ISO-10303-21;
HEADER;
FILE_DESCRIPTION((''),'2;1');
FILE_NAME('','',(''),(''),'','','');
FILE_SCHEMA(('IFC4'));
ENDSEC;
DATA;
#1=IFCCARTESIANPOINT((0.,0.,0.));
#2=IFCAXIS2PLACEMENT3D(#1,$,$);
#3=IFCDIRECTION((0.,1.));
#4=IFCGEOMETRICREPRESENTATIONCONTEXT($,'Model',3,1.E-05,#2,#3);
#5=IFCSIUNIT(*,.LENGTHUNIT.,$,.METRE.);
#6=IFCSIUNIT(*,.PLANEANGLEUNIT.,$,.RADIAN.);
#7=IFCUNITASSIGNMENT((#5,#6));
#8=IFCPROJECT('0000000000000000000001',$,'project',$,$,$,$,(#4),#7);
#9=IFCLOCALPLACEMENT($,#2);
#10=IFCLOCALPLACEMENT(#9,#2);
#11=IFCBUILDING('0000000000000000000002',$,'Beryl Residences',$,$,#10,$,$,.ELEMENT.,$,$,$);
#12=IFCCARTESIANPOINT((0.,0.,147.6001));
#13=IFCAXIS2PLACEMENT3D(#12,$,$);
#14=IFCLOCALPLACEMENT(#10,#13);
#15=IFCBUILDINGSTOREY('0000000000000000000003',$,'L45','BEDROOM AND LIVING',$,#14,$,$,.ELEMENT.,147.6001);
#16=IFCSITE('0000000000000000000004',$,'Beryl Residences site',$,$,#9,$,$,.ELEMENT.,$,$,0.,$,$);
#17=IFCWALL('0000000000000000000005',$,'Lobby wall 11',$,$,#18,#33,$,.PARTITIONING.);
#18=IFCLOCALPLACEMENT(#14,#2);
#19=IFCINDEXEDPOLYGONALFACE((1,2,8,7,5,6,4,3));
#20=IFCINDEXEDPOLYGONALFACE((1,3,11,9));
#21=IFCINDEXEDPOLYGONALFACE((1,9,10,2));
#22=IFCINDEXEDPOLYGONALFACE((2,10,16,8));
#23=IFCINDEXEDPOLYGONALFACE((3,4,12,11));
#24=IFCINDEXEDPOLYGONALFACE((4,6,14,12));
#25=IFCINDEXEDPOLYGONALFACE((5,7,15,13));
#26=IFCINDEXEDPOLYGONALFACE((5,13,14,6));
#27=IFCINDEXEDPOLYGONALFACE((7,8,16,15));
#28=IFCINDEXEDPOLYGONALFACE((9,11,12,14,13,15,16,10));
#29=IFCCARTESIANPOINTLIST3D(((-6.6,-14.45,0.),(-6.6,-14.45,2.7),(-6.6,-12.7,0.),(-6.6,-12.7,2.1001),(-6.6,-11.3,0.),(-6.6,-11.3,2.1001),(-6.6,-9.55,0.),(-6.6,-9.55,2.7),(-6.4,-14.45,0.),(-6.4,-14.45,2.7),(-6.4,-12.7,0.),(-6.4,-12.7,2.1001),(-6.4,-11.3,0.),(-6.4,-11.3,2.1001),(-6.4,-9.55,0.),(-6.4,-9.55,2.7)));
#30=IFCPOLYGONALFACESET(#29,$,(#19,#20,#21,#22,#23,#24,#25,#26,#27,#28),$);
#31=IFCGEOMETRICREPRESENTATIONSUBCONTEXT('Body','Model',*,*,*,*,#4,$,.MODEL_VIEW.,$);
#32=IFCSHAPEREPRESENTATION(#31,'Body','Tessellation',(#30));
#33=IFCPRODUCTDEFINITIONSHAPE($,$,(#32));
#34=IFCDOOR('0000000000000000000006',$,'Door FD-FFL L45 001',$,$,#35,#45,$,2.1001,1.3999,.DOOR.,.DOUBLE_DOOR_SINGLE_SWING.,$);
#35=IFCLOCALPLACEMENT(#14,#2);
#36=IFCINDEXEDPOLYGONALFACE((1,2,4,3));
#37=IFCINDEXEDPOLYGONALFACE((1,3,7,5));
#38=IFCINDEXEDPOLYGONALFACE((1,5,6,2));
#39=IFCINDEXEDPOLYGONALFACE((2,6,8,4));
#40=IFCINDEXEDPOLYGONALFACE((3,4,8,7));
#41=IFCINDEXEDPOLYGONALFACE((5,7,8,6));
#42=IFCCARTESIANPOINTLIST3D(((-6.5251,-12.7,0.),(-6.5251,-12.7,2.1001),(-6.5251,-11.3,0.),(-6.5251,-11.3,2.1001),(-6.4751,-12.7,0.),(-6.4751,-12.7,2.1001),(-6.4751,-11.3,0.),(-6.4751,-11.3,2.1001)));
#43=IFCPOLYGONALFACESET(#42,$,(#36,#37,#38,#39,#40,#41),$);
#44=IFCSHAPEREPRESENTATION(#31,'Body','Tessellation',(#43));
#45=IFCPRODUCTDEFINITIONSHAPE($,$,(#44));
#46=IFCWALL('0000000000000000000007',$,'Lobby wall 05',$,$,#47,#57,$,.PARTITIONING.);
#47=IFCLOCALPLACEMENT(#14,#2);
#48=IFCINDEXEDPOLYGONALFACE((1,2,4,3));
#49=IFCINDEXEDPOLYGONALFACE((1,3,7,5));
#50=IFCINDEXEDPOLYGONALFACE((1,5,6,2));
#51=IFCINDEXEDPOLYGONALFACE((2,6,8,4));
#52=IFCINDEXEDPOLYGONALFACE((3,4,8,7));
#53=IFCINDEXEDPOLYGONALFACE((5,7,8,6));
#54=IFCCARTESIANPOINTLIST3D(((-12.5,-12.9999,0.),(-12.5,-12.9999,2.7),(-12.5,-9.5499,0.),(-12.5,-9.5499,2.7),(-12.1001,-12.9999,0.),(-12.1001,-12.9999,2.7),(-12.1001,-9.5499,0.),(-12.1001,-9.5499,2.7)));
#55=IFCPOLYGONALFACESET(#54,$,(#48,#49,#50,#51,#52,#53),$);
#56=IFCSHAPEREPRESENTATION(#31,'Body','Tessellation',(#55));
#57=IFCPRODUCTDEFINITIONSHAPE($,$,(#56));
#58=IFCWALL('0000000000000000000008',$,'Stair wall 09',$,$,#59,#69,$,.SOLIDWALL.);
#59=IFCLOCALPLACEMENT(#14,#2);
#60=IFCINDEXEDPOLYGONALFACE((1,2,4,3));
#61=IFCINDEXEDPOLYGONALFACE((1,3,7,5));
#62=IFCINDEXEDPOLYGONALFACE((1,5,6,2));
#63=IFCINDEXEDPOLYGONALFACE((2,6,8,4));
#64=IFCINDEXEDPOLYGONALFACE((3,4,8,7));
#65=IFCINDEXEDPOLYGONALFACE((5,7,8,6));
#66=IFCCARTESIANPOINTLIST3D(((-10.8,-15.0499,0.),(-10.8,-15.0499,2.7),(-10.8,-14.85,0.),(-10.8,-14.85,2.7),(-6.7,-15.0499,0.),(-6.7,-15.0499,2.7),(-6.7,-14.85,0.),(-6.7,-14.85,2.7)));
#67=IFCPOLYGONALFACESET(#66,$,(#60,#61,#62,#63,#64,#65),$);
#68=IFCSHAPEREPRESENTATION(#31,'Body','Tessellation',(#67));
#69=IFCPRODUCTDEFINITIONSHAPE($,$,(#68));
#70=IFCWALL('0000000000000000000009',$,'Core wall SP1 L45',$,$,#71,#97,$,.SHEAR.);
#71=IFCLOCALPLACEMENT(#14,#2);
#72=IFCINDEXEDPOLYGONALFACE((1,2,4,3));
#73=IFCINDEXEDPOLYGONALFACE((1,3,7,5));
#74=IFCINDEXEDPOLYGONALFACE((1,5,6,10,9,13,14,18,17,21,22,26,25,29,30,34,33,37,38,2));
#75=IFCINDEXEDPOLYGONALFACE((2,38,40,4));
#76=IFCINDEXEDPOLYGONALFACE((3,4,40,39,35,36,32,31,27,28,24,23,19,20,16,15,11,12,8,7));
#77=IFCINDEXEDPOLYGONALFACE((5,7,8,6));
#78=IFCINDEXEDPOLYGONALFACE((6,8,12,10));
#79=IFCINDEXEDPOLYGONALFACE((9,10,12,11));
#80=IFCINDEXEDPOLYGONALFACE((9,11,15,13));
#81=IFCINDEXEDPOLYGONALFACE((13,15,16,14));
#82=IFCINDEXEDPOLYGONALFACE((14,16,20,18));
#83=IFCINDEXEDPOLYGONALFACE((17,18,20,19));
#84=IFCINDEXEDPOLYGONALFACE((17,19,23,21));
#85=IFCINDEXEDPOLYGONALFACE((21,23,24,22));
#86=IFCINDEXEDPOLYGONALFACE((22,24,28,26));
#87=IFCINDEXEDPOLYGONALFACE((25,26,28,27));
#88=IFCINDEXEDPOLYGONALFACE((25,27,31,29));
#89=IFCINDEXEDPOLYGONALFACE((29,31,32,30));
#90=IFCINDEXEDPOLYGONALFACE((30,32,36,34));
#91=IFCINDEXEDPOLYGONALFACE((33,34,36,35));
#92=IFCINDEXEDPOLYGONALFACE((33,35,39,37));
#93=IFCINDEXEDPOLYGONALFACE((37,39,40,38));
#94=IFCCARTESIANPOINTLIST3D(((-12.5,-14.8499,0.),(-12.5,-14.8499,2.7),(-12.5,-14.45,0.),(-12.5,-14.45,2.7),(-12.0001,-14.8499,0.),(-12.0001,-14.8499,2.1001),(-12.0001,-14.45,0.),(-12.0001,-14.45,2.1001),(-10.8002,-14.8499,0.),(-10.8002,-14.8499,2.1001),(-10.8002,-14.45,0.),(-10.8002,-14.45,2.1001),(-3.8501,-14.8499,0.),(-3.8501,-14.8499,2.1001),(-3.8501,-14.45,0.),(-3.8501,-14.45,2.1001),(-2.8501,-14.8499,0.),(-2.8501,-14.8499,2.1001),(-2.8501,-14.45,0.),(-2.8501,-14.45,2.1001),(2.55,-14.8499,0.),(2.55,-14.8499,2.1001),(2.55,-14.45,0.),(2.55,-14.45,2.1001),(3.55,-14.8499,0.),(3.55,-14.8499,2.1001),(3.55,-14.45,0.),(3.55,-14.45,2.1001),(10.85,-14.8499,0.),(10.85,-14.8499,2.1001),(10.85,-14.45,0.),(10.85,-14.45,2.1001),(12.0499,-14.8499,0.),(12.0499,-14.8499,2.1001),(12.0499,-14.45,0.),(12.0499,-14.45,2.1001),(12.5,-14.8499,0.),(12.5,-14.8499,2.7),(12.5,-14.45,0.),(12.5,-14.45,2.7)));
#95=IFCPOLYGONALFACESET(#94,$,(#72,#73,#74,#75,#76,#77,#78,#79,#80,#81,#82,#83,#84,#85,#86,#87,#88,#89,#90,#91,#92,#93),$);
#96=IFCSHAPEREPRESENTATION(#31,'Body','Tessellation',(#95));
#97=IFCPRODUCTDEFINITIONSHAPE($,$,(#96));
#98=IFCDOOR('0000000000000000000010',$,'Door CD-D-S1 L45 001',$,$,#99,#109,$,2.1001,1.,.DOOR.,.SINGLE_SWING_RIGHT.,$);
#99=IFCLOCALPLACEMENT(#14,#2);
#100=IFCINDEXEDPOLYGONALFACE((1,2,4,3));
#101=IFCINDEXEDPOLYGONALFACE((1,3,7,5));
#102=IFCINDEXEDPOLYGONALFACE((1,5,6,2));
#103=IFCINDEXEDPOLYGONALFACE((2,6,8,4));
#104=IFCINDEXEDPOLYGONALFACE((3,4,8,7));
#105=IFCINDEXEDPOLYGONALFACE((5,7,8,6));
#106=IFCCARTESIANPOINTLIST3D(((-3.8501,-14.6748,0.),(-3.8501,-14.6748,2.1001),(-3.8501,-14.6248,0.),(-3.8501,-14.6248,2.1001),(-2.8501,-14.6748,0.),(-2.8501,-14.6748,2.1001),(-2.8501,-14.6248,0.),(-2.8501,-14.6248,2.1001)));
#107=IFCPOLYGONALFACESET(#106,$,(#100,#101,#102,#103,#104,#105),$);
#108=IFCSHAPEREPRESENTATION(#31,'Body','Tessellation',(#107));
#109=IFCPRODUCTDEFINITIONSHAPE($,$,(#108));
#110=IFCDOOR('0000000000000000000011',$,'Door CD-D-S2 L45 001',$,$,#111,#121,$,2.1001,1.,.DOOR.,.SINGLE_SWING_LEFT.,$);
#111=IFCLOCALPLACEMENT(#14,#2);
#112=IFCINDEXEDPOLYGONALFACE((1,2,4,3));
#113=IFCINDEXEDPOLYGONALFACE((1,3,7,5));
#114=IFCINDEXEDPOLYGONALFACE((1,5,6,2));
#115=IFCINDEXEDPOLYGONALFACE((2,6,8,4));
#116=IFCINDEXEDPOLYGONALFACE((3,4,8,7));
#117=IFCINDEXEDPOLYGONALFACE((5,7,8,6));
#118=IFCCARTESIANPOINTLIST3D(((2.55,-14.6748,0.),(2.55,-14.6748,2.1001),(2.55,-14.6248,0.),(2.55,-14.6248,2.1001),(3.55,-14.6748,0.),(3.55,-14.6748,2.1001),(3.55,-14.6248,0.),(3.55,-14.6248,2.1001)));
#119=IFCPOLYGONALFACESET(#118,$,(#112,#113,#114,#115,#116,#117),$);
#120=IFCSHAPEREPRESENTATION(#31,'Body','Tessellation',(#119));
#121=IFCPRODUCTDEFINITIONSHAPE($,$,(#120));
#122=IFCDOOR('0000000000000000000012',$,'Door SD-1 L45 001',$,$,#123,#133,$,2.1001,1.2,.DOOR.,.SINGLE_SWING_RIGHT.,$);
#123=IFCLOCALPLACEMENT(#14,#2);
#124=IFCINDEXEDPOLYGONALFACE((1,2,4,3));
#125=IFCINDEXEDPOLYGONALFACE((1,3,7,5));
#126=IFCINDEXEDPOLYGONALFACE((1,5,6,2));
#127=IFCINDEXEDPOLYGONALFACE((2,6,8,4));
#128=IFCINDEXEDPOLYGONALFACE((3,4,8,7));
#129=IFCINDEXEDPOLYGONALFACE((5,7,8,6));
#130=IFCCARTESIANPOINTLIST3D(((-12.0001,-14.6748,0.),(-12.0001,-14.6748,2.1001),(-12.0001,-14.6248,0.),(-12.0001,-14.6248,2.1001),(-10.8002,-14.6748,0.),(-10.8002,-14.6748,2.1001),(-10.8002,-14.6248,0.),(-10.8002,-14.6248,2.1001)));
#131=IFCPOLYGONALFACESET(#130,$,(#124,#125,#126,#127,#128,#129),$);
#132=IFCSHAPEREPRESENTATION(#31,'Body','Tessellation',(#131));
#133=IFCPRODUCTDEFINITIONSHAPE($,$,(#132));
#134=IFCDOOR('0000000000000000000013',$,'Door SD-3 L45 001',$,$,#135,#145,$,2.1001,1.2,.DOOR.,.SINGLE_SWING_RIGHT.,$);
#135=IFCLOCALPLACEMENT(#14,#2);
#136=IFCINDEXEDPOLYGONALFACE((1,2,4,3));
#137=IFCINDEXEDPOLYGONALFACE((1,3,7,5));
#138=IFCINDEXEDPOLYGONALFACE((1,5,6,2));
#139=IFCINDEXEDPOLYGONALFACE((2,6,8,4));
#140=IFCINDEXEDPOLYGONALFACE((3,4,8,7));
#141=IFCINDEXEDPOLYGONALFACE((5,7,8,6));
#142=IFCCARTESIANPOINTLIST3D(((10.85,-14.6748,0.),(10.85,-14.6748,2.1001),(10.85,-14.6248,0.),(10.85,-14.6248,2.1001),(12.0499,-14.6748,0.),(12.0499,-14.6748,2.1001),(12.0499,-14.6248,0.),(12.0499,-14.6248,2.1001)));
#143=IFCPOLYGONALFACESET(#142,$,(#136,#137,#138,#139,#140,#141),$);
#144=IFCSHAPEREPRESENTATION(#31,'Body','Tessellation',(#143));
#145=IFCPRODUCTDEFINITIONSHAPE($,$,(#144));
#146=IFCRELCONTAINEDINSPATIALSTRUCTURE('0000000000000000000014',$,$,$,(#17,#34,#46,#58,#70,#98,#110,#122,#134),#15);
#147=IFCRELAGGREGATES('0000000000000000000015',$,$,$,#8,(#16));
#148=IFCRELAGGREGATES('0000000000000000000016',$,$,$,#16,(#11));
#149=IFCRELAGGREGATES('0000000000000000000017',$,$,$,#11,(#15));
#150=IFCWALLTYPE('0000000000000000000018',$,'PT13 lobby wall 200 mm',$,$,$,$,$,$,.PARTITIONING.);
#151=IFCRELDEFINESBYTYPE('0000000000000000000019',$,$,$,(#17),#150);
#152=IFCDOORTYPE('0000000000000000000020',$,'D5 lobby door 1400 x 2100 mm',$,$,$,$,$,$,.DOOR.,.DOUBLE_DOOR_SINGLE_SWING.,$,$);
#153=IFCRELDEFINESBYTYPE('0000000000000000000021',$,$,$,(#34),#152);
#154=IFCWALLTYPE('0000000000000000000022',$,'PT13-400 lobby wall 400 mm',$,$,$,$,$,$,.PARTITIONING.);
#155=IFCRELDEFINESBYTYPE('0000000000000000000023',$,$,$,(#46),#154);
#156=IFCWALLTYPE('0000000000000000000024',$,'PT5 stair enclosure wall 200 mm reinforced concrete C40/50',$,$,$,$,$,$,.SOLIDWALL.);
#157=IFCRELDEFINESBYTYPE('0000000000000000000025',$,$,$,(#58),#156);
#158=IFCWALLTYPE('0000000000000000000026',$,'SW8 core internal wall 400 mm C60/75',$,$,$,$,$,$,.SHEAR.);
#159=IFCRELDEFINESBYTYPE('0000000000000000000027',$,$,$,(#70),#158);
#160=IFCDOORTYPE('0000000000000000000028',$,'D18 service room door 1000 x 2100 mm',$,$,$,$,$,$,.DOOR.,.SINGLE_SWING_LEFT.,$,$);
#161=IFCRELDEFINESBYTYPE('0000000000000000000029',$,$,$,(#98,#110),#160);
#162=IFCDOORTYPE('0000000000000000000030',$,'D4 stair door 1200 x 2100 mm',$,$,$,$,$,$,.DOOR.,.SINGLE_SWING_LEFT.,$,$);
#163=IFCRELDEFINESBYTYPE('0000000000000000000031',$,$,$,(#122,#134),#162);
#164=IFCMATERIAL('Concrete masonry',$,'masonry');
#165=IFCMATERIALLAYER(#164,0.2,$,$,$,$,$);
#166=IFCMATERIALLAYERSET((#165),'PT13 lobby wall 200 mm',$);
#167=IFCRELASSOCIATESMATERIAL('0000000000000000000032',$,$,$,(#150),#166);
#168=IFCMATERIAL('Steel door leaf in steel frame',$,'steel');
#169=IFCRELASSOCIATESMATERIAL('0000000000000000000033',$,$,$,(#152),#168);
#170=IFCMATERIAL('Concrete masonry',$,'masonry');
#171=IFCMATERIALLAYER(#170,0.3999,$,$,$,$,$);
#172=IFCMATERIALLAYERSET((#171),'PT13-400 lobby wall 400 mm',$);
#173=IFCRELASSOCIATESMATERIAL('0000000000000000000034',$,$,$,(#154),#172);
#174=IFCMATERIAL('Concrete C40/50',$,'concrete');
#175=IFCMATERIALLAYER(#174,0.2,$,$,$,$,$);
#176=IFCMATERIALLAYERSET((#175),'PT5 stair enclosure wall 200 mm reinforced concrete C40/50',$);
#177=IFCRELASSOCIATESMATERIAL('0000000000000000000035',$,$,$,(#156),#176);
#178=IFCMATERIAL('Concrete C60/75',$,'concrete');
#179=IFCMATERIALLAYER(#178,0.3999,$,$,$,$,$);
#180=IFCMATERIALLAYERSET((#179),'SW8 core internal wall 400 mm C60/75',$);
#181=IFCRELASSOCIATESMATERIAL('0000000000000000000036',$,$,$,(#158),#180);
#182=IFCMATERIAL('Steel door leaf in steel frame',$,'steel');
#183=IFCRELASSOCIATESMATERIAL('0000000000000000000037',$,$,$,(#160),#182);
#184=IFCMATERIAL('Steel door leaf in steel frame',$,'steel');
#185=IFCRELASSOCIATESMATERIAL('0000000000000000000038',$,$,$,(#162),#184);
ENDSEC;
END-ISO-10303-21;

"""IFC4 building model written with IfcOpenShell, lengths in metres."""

from ifc_helpers import new_model, si_unit, direction, frame, frame_2d, origin, place, context, subcontext, project, spatial, rectangle, extrude, material, layer, layer_set, type_object, element, fill, save


model = new_model("IFC4")

# Units and contexts
model_context = context("Model", 3, precision=1e-05, world=origin(), true_north=direction((0.0, 1.0)))
body_context = subcontext(model_context, "Body", "Model", "MODEL_VIEW")
ifc_project = project(units=[si_unit("LENGTHUNIT", "METRE"), si_unit("PLANEANGLEUNIT", "RADIAN")], contexts=[model_context])

# Site, building, storey
site_placement = place(None, origin())
site = spatial("IfcSite", under=ifc_project, at=site_placement, Name="Beryl Residences site", CompositionType="ELEMENT", RefElevation=0.0)
building_placement = place(site_placement, origin())
building = spatial("IfcBuilding", under=site, at=building_placement, Name="Beryl Residences", CompositionType="ELEMENT")
storey_placement = place(building_placement, frame((0.0, 0.0, 147.6001)))
storey = spatial("IfcBuildingStorey", under=building, at=storey_placement, Name="L45", Description="BEDROOM AND LIVING", CompositionType="ELEMENT", Elevation=147.6001)

# Wall, opening, door
ifc_material_1 = material(Name="Concrete masonry", Category="masonry")
ifc_layer_1 = layer(ifc_material_1, 0.2)
ifc_layer_set_1 = layer_set([ifc_layer_1], Name="PT13 lobby wall 200 mm")
wall_type_1 = type_object("IfcWallType", Name="PT13 lobby wall 200 mm", PredefinedType="PARTITIONING", material=ifc_layer_set_1)
wall_1_placement = place(storey_placement, frame((-6.5, -14.45, 0.0), z_axis=(0.0, 0.0, 1.0), x_axis=(0.0, 1.0, 0.0)))
wall_1 = element("IfcWall", 1, at=wall_1_placement, inside=storey, type_object=wall_type_1, Name="Lobby wall 11", PredefinedType="PARTITIONING", context=body_context, shape_type="SweptSolid", body=[
    extrude(rectangle(XDim=4.8999, YDim=0.2, at=frame_2d((2.45, 0.0))), origin(), (0.0, 0.0, 1.0), 2.7),
])
opening_1_placement = place(wall_1_placement, frame((3.1499, 0.0, 0.0), z_axis=(0.0, 0.0, 1.0), x_axis=(-1.0, 0.0, 0.0)))
opening_1 = element("IfcOpeningElement", 2, at=opening_1_placement, cuts=wall_1, PredefinedType="OPENING", context=body_context, shape_type="SweptSolid", body=[
    extrude(rectangle(XDim=1.3999, YDim=2.1001, at=frame_2d((0.7, 1.05))), frame((0.0, 0.1099, 0.0), z_axis=(0.0, -1.0, 0.0), x_axis=(1.0, 0.0, 0.0)), (0.0, 0.0, 1.0), 0.22),
])
ifc_material_2 = material(Name="Steel door leaf in steel frame", Category="steel")
door_type_1 = type_object("IfcDoorType", Name="D5 lobby door 1400 x 2100 mm", OperationType="DOUBLE_DOOR_SINGLE_SWING", PredefinedType="DOOR", material=ifc_material_2)
door_1_placement = place(opening_1_placement, origin())
door_1 = element("IfcDoor", 3, at=door_1_placement, inside=storey, type_object=door_type_1, Name="Door FD-FFL L45 001", OperationType="DOUBLE_DOOR_SINGLE_SWING", OverallHeight=2.1001, OverallWidth=1.3999, PredefinedType="DOOR", context=body_context, shape_type="SweptSolid", body=[
    extrude(rectangle(XDim=1.3999, YDim=2.1001, at=frame_2d((0.7, 1.05))), frame((0.0, 0.0249, 0.0), z_axis=(0.0, -1.0, 0.0), x_axis=(1.0, 0.0, 0.0)), (0.0, 0.0, 1.0), 0.05),
])
fill(opening_1, door_1)

# Walls
ifc_material_3 = material(Name="Concrete masonry", Category="masonry")
ifc_layer_2 = layer(ifc_material_3, 0.3999)
ifc_layer_set_2 = layer_set([ifc_layer_2], Name="PT13-400 lobby wall 400 mm")
wall_type_2 = type_object("IfcWallType", Name="PT13-400 lobby wall 400 mm", PredefinedType="PARTITIONING", material=ifc_layer_set_2)
wall_2_placement = place(storey_placement, frame((-12.3, -13.0, 0.0), z_axis=(0.0, 0.0, 1.0), x_axis=(0.0, 1.0, 0.0)))
element("IfcWall", 4, at=wall_2_placement, inside=storey, type_object=wall_type_2, Name="Lobby wall 05", PredefinedType="PARTITIONING", context=body_context, shape_type="SweptSolid", body=[
    extrude(rectangle(XDim=3.45, YDim=0.3999, at=frame_2d((1.7251, 0.0))), origin(), (0.0, 0.0, 1.0), 2.7),
])
ifc_material_4 = material(Name="Concrete C40/50", Category="concrete")
ifc_layer_3 = layer(ifc_material_4, 0.2)
ifc_layer_set_3 = layer_set([ifc_layer_3], Name="PT5 stair enclosure wall 200 mm reinforced concrete C40/50")
wall_type_3 = type_object("IfcWallType", Name="PT5 stair enclosure wall 200 mm reinforced concrete C40/50", PredefinedType="SOLIDWALL", material=ifc_layer_set_3)
wall_3_placement = place(storey_placement, frame((-10.8, -14.95, 0.0), z_axis=(0.0, 0.0, 1.0), x_axis=(1.0, 0.0, 0.0)))
element("IfcWall", 5, at=wall_3_placement, inside=storey, type_object=wall_type_3, Name="Stair wall 09", PredefinedType="SOLIDWALL", context=body_context, shape_type="SweptSolid", body=[
    extrude(rectangle(XDim=4.1001, YDim=0.2, at=frame_2d((2.05, 0.0))), origin(), (0.0, 0.0, 1.0), 2.7),
])

# Wall, openings, doors
ifc_material_5 = material(Name="Concrete C60/75", Category="concrete")
ifc_layer_4 = layer(ifc_material_5, 0.3999)
ifc_layer_set_4 = layer_set([ifc_layer_4], Name="SW8 core internal wall 400 mm C60/75")
wall_type_4 = type_object("IfcWallType", Name="SW8 core internal wall 400 mm C60/75", PredefinedType="SHEAR", material=ifc_layer_set_4)
wall_4_placement = place(storey_placement, frame((-12.5, -14.6499, 0.0), z_axis=(0.0, 0.0, 1.0), x_axis=(1.0, 0.0, 0.0)))
wall_4 = element("IfcWall", 6, at=wall_4_placement, inside=storey, type_object=wall_type_4, Name="Core wall SP1 L45", PredefinedType="SHEAR", context=body_context, shape_type="SweptSolid", body=[
    extrude(rectangle(XDim=25.0, YDim=0.3999, at=frame_2d((12.5, 0.0))), origin(), (0.0, 0.0, 1.0), 2.7),
])
opening_2_placement = place(wall_4_placement, frame((1.7, 0.0, 0.0), z_axis=(0.0, 0.0, 1.0), x_axis=(-1.0, 0.0, 0.0)))
opening_2 = element("IfcOpeningElement", 7, at=opening_2_placement, cuts=wall_4, PredefinedType="OPENING", context=body_context, shape_type="SweptSolid", body=[
    extrude(rectangle(XDim=1.2, YDim=2.1001, at=frame_2d((0.6001, 1.05))), frame((0.0, 0.21, 0.0), z_axis=(0.0, -1.0, 0.0), x_axis=(1.0, 0.0, 0.0)), (0.0, 0.0, 1.0), 0.4199),
])
opening_3_placement = place(wall_4_placement, frame((24.55, 0.0, 0.0), z_axis=(0.0, 0.0, 1.0), x_axis=(-1.0, 0.0, 0.0)))
opening_3 = element("IfcOpeningElement", 8, at=opening_3_placement, cuts=wall_4, PredefinedType="OPENING", context=body_context, shape_type="SweptSolid", body=[
    extrude(rectangle(XDim=1.2, YDim=2.1001, at=frame_2d((0.6001, 1.05))), frame((0.0, 0.21, 0.0), z_axis=(0.0, -1.0, 0.0), x_axis=(1.0, 0.0, 0.0)), (0.0, 0.0, 1.0), 0.4199),
])
opening_4_placement = place(wall_4_placement, frame((9.6499, 0.0, 0.0), z_axis=(0.0, 0.0, 1.0), x_axis=(-1.0, 0.0, 0.0)))
opening_4 = element("IfcOpeningElement", 9, at=opening_4_placement, cuts=wall_4, PredefinedType="OPENING", context=body_context, shape_type="SweptSolid", body=[
    extrude(rectangle(XDim=1.0, YDim=2.1001, at=frame_2d((0.5, 1.05))), frame((0.0, 0.21, 0.0), z_axis=(0.0, -1.0, 0.0), x_axis=(1.0, 0.0, 0.0)), (0.0, 0.0, 1.0), 0.4199),
])
opening_5_placement = place(wall_4_placement, frame((16.05, 0.0, 0.0), z_axis=(0.0, 0.0, 1.0), x_axis=(-1.0, 0.0, 0.0)))
opening_5 = element("IfcOpeningElement", 10, at=opening_5_placement, cuts=wall_4, PredefinedType="OPENING", context=body_context, shape_type="SweptSolid", body=[
    extrude(rectangle(XDim=1.0, YDim=2.1001, at=frame_2d((0.5, 1.05))), frame((0.0, 0.21, 0.0), z_axis=(0.0, -1.0, 0.0), x_axis=(1.0, 0.0, 0.0)), (0.0, 0.0, 1.0), 0.4199),
])
ifc_material_6 = material(Name="Steel door leaf in steel frame", Category="steel")
door_type_2 = type_object("IfcDoorType", Name="D18 service room door 1000 x 2100 mm", OperationType="SINGLE_SWING_LEFT", PredefinedType="DOOR", material=ifc_material_6)
door_2_placement = place(opening_4_placement, origin())
door_2 = element("IfcDoor", 11, at=door_2_placement, inside=storey, type_object=door_type_2, Name="Door CD-D-S1 L45 001", OperationType="SINGLE_SWING_RIGHT", OverallHeight=2.1001, OverallWidth=1.0, PredefinedType="DOOR", context=body_context, shape_type="SweptSolid", body=[
    extrude(rectangle(XDim=1.0, YDim=2.1001, at=frame_2d((0.5, 1.05))), frame((0.0, 0.0249, 0.0), z_axis=(0.0, -1.0, 0.0), x_axis=(1.0, 0.0, 0.0)), (0.0, 0.0, 1.0), 0.05),
])
fill(opening_4, door_2)
door_3_placement = place(opening_5_placement, origin())
door_3 = element("IfcDoor", 12, at=door_3_placement, inside=storey, type_object=door_type_2, Name="Door CD-D-S2 L45 001", OperationType="SINGLE_SWING_LEFT", OverallHeight=2.1001, OverallWidth=1.0, PredefinedType="DOOR", context=body_context, shape_type="SweptSolid", body=[
    extrude(rectangle(XDim=1.0, YDim=2.1001, at=frame_2d((0.5, 1.05))), frame((0.0, 0.0249, 0.0), z_axis=(0.0, -1.0, 0.0), x_axis=(1.0, 0.0, 0.0)), (0.0, 0.0, 1.0), 0.05),
])
fill(opening_5, door_3)
ifc_material_7 = material(Name="Steel door leaf in steel frame", Category="steel")
door_type_3 = type_object("IfcDoorType", Name="D4 stair door 1200 x 2100 mm", OperationType="SINGLE_SWING_LEFT", PredefinedType="DOOR", material=ifc_material_7)
door_4_placement = place(opening_2_placement, origin())
door_4 = element("IfcDoor", 13, at=door_4_placement, inside=storey, type_object=door_type_3, Name="Door SD-1 L45 001", OperationType="SINGLE_SWING_RIGHT", OverallHeight=2.1001, OverallWidth=1.2, PredefinedType="DOOR", context=body_context, shape_type="SweptSolid", body=[
    extrude(rectangle(XDim=1.2, YDim=2.1001, at=frame_2d((0.6001, 1.05))), frame((0.0, 0.0249, 0.0), z_axis=(0.0, -1.0, 0.0), x_axis=(1.0, 0.0, 0.0)), (0.0, 0.0, 1.0), 0.05),
])
fill(opening_2, door_4)
door_5_placement = place(opening_3_placement, origin())
door_5 = element("IfcDoor", 14, at=door_5_placement, inside=storey, type_object=door_type_3, Name="Door SD-3 L45 001", OperationType="SINGLE_SWING_RIGHT", OverallHeight=2.1001, OverallWidth=1.2, PredefinedType="DOOR", context=body_context, shape_type="SweptSolid", body=[
    extrude(rectangle(XDim=1.2, YDim=2.1001, at=frame_2d((0.6001, 1.05))), frame((0.0, 0.0249, 0.0), z_axis=(0.0, -1.0, 0.0), x_axis=(1.0, 0.0, 0.0)), (0.0, 0.0, 1.0), 0.05),
])
fill(opening_3, door_5)

save(model, "model.ifc")
